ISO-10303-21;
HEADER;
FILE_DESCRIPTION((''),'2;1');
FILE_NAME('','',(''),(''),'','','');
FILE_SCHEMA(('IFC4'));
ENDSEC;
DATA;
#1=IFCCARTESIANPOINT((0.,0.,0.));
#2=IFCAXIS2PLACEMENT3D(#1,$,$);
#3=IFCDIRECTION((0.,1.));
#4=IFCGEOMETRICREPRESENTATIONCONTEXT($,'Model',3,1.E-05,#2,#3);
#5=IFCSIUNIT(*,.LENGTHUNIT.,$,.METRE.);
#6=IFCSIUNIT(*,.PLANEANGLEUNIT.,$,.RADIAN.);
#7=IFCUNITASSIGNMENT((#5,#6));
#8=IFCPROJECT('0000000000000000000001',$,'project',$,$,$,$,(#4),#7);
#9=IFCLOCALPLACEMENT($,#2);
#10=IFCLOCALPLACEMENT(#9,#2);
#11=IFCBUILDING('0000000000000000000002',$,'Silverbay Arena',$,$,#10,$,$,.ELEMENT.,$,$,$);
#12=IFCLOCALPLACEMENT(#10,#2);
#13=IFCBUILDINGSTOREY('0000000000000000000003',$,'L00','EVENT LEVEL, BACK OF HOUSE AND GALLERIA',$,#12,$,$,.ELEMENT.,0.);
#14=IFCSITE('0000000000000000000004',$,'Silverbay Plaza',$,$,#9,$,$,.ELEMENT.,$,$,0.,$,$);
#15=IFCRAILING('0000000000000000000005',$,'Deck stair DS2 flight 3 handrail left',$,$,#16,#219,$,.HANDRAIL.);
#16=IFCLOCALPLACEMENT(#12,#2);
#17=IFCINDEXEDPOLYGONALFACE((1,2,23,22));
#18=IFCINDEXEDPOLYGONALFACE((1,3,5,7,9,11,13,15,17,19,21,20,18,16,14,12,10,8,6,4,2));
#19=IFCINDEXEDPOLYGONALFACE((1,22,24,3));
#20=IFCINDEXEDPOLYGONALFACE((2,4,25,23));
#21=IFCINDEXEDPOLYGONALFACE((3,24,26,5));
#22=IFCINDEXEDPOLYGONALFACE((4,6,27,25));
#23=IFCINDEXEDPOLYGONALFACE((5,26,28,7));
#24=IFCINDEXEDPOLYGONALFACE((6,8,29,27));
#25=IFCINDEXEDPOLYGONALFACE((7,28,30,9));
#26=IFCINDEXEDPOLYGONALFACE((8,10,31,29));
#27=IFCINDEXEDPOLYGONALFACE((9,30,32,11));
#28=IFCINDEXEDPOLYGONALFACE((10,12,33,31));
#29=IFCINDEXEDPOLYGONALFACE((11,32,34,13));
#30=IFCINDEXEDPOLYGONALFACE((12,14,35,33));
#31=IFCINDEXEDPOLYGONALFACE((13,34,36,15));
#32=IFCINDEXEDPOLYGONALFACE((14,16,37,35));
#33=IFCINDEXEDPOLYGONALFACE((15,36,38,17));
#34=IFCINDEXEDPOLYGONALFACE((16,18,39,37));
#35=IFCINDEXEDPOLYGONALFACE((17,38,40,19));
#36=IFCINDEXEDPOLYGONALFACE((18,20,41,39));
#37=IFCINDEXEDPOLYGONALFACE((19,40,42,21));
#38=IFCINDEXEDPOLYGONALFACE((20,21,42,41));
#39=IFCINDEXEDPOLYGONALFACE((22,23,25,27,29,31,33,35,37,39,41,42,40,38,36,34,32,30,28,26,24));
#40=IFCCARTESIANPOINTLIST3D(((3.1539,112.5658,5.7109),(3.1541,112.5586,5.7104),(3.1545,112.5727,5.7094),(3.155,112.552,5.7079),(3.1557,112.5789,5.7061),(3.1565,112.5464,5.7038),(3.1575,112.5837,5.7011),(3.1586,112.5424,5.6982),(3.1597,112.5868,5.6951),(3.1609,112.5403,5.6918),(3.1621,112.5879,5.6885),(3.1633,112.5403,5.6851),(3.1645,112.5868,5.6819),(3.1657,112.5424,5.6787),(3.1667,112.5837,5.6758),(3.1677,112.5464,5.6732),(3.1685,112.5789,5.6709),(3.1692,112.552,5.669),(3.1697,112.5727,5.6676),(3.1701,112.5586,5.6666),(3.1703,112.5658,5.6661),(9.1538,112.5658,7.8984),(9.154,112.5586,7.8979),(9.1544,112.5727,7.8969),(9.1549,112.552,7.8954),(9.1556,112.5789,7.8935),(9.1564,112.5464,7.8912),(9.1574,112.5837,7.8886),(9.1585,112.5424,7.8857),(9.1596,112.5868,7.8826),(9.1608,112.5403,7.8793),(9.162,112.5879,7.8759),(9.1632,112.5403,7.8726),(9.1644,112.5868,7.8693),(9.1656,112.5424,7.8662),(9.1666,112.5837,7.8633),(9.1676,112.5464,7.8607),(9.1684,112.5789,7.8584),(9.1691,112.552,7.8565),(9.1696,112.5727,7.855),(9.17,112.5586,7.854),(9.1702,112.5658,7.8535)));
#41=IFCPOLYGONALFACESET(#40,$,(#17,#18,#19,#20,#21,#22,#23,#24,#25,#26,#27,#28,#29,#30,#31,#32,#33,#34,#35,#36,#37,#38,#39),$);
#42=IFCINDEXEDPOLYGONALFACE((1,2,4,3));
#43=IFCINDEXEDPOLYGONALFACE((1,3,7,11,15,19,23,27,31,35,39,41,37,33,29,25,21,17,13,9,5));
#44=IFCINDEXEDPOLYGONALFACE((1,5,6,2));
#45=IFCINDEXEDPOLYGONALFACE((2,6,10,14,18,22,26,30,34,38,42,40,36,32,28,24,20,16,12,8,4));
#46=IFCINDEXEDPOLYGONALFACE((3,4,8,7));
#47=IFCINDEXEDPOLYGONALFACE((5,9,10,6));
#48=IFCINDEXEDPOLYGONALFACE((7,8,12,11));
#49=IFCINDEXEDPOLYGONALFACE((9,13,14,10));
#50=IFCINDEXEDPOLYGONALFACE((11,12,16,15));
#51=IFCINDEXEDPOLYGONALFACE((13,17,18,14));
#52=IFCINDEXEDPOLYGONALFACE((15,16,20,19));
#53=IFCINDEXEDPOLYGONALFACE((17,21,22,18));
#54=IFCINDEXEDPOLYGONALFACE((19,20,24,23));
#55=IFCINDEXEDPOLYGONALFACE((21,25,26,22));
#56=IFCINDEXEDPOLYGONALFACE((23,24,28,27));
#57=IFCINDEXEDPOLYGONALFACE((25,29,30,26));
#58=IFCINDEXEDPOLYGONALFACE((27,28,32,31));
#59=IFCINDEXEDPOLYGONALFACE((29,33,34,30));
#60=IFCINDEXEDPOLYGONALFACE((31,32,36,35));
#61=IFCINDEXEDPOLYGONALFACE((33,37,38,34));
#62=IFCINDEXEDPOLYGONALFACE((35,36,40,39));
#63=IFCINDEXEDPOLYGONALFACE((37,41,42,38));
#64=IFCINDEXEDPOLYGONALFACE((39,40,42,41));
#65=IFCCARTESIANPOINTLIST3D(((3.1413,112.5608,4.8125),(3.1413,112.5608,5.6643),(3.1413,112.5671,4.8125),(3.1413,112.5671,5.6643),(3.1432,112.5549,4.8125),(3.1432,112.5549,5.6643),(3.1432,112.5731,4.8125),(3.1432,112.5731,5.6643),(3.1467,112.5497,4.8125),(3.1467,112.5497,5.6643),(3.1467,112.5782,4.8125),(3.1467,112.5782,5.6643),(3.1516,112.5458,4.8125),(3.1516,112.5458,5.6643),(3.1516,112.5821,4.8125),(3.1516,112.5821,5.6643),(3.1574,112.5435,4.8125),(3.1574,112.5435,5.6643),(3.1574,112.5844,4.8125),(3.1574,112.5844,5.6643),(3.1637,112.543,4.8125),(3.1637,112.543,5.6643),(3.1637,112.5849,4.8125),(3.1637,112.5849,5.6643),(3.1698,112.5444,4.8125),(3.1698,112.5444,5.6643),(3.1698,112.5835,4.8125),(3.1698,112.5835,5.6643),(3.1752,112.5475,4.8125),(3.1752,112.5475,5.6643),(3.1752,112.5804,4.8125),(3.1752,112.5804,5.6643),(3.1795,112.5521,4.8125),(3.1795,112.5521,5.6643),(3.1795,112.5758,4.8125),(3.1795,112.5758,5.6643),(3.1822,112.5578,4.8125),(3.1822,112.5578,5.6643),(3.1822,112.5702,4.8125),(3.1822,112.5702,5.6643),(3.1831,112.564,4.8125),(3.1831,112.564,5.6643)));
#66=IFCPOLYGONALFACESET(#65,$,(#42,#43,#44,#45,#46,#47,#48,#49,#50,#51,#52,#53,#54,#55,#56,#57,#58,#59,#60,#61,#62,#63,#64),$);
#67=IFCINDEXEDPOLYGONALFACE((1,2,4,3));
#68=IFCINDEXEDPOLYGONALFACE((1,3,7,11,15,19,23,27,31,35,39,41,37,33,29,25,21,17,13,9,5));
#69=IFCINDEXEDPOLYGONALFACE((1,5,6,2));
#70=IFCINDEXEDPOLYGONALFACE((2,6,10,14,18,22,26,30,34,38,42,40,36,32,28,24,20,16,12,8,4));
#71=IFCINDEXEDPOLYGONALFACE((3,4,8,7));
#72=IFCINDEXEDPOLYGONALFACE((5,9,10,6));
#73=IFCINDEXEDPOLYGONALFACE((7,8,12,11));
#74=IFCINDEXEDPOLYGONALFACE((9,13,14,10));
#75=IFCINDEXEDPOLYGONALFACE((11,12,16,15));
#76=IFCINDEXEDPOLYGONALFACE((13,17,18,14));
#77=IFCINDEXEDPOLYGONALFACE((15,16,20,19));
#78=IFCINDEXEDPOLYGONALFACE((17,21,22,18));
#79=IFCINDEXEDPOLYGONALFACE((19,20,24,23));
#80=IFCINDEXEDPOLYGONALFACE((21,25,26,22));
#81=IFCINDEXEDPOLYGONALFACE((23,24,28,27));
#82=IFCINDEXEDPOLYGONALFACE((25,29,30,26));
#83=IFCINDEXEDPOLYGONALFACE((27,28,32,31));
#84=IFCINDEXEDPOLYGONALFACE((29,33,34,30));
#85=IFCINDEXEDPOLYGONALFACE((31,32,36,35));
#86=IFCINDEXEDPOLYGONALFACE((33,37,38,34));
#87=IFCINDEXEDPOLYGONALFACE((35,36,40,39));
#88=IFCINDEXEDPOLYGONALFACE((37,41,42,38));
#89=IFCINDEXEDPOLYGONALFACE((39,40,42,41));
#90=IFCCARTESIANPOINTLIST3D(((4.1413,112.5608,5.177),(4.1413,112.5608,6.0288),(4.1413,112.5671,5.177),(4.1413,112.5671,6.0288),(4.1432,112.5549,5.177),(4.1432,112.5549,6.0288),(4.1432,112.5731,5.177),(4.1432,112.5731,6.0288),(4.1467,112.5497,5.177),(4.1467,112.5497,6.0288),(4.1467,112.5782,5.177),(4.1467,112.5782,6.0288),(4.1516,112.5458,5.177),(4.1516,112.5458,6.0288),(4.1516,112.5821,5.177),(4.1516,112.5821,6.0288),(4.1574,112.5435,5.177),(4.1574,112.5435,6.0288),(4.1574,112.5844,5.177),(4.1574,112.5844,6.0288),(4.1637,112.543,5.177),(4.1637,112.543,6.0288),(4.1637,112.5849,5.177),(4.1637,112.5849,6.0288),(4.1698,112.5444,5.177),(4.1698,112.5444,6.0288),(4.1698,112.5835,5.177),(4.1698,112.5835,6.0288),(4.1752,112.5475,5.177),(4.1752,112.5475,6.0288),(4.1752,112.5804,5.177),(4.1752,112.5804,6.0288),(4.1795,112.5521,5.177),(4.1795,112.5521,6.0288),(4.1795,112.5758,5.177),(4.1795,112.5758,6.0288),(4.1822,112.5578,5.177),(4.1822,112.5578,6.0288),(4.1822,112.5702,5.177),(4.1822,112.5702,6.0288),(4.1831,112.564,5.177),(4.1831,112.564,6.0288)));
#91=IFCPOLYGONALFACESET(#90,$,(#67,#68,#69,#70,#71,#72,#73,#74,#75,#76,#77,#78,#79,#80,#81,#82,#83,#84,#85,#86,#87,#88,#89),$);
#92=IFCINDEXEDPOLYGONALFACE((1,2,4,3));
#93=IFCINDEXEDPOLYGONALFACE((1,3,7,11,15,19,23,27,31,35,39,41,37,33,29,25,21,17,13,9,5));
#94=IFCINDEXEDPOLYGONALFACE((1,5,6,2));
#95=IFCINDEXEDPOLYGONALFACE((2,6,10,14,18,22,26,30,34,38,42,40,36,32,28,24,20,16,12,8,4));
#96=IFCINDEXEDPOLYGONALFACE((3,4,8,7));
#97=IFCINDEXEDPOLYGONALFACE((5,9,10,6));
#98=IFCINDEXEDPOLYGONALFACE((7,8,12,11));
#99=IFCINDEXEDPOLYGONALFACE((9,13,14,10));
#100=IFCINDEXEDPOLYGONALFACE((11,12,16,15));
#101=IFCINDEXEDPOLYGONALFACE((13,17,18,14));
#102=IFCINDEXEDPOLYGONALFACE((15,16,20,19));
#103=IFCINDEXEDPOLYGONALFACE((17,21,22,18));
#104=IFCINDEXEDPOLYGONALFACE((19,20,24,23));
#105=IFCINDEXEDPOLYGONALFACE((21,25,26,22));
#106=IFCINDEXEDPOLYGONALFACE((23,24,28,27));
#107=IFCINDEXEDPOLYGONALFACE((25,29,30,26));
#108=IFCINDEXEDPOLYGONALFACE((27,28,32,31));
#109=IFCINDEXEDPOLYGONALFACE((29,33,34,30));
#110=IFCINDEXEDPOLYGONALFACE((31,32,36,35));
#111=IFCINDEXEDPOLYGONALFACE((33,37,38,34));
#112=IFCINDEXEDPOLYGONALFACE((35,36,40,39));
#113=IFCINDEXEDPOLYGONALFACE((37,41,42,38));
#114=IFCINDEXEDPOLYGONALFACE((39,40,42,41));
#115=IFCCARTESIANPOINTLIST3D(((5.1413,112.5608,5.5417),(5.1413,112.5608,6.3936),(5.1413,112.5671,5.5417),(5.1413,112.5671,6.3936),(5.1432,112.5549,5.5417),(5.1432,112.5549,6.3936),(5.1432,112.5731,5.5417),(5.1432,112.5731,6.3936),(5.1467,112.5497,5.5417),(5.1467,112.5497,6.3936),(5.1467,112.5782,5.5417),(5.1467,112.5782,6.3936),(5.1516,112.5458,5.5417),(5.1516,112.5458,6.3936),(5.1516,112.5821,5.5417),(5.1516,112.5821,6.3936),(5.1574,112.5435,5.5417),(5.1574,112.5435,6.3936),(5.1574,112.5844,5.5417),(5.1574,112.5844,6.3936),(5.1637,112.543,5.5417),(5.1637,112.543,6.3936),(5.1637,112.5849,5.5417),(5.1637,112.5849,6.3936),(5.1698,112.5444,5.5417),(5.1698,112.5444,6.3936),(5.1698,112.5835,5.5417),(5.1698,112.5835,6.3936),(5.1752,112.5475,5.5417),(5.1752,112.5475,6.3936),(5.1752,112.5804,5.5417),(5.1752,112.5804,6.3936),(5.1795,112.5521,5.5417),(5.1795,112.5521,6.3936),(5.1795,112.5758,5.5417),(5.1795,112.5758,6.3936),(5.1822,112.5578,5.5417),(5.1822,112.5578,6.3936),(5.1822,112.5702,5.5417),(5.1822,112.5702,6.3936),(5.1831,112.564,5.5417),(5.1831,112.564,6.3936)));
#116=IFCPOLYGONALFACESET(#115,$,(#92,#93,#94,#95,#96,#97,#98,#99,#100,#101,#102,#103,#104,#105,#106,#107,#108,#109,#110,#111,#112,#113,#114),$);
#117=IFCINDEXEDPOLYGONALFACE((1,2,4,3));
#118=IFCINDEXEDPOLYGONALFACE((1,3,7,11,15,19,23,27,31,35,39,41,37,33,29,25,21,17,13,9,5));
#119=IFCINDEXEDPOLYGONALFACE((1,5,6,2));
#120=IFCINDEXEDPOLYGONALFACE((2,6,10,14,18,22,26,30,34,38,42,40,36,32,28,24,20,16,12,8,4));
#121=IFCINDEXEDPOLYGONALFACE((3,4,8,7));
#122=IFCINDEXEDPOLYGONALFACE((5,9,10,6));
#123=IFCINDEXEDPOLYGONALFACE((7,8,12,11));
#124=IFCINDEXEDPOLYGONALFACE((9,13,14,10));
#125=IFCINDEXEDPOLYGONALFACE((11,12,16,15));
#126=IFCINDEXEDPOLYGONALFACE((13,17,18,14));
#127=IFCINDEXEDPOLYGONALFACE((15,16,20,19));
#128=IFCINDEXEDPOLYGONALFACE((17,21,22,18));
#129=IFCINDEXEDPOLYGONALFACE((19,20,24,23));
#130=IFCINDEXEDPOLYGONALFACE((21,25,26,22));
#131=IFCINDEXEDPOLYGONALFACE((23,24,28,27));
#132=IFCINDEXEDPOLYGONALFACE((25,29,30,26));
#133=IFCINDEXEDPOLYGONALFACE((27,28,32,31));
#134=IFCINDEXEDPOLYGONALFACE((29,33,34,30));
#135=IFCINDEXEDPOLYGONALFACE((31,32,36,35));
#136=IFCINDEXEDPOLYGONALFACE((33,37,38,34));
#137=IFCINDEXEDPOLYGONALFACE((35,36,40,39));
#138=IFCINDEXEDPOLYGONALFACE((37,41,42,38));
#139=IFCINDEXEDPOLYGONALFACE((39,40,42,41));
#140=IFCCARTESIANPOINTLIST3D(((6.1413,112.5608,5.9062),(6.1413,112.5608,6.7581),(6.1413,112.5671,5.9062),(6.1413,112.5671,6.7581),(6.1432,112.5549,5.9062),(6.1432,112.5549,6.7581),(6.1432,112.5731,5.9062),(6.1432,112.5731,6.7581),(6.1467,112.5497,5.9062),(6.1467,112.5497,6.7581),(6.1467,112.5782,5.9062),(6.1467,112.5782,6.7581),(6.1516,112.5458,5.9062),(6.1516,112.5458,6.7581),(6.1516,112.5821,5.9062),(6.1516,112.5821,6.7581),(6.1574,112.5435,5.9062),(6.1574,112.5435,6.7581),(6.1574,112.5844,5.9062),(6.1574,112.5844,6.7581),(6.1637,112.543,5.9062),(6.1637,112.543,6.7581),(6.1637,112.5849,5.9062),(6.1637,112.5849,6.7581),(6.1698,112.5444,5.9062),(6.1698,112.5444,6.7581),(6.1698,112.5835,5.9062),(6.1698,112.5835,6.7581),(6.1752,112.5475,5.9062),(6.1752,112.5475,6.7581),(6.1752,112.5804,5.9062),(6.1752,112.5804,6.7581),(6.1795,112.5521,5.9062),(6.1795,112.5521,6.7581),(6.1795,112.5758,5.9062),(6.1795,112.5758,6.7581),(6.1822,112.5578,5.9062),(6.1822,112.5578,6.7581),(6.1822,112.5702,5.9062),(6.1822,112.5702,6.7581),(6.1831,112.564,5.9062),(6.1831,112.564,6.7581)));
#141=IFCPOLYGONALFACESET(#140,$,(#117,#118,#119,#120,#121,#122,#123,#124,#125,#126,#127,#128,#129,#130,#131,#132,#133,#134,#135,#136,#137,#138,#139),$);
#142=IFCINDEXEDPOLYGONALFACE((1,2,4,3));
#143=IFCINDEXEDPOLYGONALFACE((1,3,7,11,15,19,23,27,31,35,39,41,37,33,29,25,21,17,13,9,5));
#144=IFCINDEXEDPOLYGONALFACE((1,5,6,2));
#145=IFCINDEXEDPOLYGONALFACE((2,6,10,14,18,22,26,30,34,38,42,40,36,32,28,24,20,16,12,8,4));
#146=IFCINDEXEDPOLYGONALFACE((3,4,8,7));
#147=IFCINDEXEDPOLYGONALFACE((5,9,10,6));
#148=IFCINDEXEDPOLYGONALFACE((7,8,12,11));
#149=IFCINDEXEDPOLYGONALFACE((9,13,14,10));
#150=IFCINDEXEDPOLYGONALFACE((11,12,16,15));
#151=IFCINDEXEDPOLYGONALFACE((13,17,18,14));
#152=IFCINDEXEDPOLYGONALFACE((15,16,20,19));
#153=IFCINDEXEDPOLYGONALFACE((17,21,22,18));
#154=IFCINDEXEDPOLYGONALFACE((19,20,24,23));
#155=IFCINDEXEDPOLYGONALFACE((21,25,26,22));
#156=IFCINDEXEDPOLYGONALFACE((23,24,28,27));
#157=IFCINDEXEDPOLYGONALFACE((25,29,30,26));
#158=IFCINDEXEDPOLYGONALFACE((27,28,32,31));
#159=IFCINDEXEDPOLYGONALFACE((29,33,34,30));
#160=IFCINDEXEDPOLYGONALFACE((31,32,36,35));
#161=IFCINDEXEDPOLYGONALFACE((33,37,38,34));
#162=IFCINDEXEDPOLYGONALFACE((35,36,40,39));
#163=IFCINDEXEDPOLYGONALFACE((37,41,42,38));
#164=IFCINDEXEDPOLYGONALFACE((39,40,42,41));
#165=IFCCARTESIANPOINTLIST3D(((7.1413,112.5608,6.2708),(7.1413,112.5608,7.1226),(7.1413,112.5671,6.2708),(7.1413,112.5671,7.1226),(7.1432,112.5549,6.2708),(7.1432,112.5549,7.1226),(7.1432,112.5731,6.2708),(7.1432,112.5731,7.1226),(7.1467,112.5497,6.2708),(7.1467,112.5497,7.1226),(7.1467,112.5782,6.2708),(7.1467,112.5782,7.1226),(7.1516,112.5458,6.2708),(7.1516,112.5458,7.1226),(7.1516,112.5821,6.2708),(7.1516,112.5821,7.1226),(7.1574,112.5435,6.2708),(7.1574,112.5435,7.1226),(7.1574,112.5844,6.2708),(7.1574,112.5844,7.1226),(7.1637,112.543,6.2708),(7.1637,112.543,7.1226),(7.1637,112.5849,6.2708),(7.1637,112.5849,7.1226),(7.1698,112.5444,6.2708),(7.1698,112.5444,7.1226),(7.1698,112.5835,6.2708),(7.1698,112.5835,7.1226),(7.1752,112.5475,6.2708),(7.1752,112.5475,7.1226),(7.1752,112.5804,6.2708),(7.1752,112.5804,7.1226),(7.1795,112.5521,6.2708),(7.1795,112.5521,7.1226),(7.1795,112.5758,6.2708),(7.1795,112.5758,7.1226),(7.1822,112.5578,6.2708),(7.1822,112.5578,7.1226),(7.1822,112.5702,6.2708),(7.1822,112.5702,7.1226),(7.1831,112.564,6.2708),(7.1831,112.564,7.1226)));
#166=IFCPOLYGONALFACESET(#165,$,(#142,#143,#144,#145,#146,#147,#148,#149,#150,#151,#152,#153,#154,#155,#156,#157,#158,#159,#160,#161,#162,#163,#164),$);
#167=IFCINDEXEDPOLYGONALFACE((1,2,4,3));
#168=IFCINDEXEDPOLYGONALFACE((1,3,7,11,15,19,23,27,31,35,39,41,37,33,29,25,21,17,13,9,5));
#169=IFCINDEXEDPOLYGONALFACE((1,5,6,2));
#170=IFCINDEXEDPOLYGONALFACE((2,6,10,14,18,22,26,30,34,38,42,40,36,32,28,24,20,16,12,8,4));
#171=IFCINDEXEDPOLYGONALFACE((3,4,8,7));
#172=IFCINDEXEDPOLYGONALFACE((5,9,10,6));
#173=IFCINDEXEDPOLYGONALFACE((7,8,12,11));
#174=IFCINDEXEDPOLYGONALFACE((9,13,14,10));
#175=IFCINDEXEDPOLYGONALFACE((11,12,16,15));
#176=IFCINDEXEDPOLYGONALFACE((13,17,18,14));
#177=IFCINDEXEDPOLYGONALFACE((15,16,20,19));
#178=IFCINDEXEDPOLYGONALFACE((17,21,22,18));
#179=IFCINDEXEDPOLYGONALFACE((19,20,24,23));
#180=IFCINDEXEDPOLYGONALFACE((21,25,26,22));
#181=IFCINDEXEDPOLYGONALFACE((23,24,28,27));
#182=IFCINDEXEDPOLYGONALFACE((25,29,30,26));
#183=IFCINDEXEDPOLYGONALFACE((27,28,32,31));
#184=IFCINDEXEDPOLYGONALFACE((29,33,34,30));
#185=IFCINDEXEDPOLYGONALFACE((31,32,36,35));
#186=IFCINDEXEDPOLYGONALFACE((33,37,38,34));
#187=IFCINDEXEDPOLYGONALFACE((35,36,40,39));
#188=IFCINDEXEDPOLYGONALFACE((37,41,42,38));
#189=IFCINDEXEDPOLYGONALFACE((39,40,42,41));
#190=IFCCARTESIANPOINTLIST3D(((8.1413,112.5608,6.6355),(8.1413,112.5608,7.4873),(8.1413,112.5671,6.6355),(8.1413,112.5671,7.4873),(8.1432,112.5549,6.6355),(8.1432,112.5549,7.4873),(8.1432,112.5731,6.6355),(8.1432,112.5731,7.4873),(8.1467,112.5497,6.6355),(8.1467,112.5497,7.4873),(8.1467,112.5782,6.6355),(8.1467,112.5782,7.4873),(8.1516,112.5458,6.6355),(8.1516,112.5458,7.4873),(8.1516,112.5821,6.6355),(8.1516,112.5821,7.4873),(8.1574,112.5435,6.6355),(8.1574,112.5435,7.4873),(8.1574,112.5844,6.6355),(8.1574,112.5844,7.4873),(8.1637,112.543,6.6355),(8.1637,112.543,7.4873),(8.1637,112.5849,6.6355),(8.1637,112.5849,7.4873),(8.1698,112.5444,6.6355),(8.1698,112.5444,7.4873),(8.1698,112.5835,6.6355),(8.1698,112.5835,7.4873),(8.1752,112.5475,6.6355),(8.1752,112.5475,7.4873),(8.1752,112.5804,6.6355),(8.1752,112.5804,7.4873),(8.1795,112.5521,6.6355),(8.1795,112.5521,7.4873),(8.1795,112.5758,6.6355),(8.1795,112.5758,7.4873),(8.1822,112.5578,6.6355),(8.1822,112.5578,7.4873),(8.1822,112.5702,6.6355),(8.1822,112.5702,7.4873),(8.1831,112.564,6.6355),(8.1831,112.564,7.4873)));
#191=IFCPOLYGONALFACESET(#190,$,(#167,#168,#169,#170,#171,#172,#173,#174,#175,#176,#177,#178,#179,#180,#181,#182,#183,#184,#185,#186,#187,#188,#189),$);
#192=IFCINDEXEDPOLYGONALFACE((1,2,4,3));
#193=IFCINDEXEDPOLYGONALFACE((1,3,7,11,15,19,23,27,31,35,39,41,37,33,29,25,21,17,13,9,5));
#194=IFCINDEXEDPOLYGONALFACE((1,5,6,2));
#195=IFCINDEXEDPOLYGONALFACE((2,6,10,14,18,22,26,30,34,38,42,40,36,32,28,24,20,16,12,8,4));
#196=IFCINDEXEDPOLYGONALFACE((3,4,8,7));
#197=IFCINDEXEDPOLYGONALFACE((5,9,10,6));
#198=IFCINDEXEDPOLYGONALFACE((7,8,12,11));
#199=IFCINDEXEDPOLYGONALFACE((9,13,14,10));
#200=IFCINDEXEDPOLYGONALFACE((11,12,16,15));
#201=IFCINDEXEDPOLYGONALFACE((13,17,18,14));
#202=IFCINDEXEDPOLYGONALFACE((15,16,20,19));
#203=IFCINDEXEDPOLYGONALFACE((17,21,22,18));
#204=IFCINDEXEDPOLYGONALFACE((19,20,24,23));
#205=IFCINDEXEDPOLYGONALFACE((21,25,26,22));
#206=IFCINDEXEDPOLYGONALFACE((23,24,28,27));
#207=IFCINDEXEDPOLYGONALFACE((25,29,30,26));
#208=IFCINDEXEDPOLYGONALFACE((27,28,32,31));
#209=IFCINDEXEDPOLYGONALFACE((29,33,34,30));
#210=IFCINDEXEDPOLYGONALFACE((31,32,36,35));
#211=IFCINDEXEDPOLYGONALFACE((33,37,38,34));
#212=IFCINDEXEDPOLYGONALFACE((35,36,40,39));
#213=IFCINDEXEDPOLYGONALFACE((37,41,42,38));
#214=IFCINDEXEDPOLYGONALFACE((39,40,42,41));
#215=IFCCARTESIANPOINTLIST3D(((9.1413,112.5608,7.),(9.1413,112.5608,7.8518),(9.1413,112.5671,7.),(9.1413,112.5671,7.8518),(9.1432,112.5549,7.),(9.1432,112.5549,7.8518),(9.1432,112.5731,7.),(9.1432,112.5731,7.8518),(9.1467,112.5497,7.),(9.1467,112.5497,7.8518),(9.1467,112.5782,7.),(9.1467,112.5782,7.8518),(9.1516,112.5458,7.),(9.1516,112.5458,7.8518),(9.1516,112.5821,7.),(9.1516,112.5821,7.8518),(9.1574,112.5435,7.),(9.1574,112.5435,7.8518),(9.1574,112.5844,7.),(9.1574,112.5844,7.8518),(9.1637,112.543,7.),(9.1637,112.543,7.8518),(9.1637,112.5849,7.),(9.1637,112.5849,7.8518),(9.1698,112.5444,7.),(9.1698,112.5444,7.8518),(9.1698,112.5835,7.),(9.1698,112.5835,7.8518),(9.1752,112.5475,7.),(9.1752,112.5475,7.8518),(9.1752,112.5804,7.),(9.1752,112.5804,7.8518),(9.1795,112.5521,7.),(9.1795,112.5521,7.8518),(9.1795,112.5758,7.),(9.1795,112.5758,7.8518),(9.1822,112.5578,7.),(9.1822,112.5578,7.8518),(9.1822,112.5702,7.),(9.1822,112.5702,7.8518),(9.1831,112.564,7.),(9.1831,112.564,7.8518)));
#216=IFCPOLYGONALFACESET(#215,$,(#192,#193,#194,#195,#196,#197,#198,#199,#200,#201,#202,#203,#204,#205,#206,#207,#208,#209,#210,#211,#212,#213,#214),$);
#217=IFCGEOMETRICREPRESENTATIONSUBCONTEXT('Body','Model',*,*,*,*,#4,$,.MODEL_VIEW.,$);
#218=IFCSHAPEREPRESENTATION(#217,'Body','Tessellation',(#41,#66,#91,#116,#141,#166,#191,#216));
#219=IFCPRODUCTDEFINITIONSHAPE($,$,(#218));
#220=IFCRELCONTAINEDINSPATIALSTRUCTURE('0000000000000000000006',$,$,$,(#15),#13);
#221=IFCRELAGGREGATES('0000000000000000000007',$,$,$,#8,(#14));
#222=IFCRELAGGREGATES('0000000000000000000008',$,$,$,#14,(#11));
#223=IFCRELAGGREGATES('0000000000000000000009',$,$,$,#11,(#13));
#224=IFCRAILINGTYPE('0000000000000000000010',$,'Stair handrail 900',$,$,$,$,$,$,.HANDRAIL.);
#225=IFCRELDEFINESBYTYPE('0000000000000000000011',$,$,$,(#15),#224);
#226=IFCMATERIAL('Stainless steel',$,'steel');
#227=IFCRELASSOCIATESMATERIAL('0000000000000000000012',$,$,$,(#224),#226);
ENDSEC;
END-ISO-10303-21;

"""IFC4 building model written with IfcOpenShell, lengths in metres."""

from ifc_helpers import new_model, si_unit, direction, frame, origin, origin_2d, place, context, subcontext, project, spatial, circle, extrude, material, type_object, element, save


model = new_model("IFC4")

# Units and contexts
model_context = context("Model", 3, precision=1e-05, world=origin(), true_north=direction((0.0, 1.0)))
body_context = subcontext(model_context, "Body", "Model", "MODEL_VIEW")
ifc_project = project(units=[si_unit("LENGTHUNIT", "METRE"), si_unit("PLANEANGLEUNIT", "RADIAN")], contexts=[model_context])

# Site, building, storey
site_placement = place(None, origin())
site = spatial("IfcSite", under=ifc_project, at=site_placement, Name="Silverbay Plaza", CompositionType="ELEMENT", RefElevation=0.0)
building_placement = place(site_placement, origin())
building = spatial("IfcBuilding", under=site, at=building_placement, Name="Silverbay Arena", CompositionType="ELEMENT")
storey_placement = place(building_placement, origin())
storey = spatial("IfcBuildingStorey", under=building, at=storey_placement, Name="L00", Description="EVENT LEVEL, BACK OF HOUSE AND GALLERIA", CompositionType="ELEMENT", Elevation=0.0)

# Railing
ifc_material_1 = material(Name="Stainless steel", Category="steel")
railing_type_1 = type_object("IfcRailingType", Name="Stair handrail 900", PredefinedType="HANDRAIL", material=ifc_material_1)
for number, where, name in (
    (1, (3.1621, 112.564, 4.8125), "Deck stair DS2 flight 3 handrail left"),
):
    element("IfcRailing", number, at=place(storey_placement, frame(where)), inside=storey, type_object=railing_type_1, Name=name, PredefinedType="HANDRAIL", context=body_context, shape_type="SweptSolid", body=[
        extrude(circle(Radius=0.0239, at=origin_2d()), frame((0.0, 0.0, 0.876), z_axis=(0.939507, 0.0, 0.342529), x_axis=(0.0, 1.0, 0.0)), (0.0, 0.0, 1.0), 6.3862),
        extrude(circle(Radius=0.021, at=origin_2d()), origin(), (0.0, 0.0, 1.0), 0.8518),
        extrude(circle(Radius=0.021, at=origin_2d()), frame((1.0, 0.0, 0.3645)), (0.0, 0.0, 1.0), 0.8518),
        extrude(circle(Radius=0.021, at=origin_2d()), frame((2.0, 0.0, 0.7292)), (0.0, 0.0, 1.0), 0.8518),
        extrude(circle(Radius=0.021, at=origin_2d()), frame((3.0, 0.0, 1.0938)), (0.0, 0.0, 1.0), 0.8518),
        extrude(circle(Radius=0.021, at=origin_2d()), frame((4.0, 0.0, 1.4583)), (0.0, 0.0, 1.0), 0.8518),
        extrude(circle(Radius=0.021, at=origin_2d()), frame((5.0, 0.0, 1.823)), (0.0, 0.0, 1.0), 0.8518),
        extrude(circle(Radius=0.021, at=origin_2d()), frame((6.0, 0.0, 2.1875)), (0.0, 0.0, 1.0), 0.8518),
    ])

save(model, "model.ifc")
